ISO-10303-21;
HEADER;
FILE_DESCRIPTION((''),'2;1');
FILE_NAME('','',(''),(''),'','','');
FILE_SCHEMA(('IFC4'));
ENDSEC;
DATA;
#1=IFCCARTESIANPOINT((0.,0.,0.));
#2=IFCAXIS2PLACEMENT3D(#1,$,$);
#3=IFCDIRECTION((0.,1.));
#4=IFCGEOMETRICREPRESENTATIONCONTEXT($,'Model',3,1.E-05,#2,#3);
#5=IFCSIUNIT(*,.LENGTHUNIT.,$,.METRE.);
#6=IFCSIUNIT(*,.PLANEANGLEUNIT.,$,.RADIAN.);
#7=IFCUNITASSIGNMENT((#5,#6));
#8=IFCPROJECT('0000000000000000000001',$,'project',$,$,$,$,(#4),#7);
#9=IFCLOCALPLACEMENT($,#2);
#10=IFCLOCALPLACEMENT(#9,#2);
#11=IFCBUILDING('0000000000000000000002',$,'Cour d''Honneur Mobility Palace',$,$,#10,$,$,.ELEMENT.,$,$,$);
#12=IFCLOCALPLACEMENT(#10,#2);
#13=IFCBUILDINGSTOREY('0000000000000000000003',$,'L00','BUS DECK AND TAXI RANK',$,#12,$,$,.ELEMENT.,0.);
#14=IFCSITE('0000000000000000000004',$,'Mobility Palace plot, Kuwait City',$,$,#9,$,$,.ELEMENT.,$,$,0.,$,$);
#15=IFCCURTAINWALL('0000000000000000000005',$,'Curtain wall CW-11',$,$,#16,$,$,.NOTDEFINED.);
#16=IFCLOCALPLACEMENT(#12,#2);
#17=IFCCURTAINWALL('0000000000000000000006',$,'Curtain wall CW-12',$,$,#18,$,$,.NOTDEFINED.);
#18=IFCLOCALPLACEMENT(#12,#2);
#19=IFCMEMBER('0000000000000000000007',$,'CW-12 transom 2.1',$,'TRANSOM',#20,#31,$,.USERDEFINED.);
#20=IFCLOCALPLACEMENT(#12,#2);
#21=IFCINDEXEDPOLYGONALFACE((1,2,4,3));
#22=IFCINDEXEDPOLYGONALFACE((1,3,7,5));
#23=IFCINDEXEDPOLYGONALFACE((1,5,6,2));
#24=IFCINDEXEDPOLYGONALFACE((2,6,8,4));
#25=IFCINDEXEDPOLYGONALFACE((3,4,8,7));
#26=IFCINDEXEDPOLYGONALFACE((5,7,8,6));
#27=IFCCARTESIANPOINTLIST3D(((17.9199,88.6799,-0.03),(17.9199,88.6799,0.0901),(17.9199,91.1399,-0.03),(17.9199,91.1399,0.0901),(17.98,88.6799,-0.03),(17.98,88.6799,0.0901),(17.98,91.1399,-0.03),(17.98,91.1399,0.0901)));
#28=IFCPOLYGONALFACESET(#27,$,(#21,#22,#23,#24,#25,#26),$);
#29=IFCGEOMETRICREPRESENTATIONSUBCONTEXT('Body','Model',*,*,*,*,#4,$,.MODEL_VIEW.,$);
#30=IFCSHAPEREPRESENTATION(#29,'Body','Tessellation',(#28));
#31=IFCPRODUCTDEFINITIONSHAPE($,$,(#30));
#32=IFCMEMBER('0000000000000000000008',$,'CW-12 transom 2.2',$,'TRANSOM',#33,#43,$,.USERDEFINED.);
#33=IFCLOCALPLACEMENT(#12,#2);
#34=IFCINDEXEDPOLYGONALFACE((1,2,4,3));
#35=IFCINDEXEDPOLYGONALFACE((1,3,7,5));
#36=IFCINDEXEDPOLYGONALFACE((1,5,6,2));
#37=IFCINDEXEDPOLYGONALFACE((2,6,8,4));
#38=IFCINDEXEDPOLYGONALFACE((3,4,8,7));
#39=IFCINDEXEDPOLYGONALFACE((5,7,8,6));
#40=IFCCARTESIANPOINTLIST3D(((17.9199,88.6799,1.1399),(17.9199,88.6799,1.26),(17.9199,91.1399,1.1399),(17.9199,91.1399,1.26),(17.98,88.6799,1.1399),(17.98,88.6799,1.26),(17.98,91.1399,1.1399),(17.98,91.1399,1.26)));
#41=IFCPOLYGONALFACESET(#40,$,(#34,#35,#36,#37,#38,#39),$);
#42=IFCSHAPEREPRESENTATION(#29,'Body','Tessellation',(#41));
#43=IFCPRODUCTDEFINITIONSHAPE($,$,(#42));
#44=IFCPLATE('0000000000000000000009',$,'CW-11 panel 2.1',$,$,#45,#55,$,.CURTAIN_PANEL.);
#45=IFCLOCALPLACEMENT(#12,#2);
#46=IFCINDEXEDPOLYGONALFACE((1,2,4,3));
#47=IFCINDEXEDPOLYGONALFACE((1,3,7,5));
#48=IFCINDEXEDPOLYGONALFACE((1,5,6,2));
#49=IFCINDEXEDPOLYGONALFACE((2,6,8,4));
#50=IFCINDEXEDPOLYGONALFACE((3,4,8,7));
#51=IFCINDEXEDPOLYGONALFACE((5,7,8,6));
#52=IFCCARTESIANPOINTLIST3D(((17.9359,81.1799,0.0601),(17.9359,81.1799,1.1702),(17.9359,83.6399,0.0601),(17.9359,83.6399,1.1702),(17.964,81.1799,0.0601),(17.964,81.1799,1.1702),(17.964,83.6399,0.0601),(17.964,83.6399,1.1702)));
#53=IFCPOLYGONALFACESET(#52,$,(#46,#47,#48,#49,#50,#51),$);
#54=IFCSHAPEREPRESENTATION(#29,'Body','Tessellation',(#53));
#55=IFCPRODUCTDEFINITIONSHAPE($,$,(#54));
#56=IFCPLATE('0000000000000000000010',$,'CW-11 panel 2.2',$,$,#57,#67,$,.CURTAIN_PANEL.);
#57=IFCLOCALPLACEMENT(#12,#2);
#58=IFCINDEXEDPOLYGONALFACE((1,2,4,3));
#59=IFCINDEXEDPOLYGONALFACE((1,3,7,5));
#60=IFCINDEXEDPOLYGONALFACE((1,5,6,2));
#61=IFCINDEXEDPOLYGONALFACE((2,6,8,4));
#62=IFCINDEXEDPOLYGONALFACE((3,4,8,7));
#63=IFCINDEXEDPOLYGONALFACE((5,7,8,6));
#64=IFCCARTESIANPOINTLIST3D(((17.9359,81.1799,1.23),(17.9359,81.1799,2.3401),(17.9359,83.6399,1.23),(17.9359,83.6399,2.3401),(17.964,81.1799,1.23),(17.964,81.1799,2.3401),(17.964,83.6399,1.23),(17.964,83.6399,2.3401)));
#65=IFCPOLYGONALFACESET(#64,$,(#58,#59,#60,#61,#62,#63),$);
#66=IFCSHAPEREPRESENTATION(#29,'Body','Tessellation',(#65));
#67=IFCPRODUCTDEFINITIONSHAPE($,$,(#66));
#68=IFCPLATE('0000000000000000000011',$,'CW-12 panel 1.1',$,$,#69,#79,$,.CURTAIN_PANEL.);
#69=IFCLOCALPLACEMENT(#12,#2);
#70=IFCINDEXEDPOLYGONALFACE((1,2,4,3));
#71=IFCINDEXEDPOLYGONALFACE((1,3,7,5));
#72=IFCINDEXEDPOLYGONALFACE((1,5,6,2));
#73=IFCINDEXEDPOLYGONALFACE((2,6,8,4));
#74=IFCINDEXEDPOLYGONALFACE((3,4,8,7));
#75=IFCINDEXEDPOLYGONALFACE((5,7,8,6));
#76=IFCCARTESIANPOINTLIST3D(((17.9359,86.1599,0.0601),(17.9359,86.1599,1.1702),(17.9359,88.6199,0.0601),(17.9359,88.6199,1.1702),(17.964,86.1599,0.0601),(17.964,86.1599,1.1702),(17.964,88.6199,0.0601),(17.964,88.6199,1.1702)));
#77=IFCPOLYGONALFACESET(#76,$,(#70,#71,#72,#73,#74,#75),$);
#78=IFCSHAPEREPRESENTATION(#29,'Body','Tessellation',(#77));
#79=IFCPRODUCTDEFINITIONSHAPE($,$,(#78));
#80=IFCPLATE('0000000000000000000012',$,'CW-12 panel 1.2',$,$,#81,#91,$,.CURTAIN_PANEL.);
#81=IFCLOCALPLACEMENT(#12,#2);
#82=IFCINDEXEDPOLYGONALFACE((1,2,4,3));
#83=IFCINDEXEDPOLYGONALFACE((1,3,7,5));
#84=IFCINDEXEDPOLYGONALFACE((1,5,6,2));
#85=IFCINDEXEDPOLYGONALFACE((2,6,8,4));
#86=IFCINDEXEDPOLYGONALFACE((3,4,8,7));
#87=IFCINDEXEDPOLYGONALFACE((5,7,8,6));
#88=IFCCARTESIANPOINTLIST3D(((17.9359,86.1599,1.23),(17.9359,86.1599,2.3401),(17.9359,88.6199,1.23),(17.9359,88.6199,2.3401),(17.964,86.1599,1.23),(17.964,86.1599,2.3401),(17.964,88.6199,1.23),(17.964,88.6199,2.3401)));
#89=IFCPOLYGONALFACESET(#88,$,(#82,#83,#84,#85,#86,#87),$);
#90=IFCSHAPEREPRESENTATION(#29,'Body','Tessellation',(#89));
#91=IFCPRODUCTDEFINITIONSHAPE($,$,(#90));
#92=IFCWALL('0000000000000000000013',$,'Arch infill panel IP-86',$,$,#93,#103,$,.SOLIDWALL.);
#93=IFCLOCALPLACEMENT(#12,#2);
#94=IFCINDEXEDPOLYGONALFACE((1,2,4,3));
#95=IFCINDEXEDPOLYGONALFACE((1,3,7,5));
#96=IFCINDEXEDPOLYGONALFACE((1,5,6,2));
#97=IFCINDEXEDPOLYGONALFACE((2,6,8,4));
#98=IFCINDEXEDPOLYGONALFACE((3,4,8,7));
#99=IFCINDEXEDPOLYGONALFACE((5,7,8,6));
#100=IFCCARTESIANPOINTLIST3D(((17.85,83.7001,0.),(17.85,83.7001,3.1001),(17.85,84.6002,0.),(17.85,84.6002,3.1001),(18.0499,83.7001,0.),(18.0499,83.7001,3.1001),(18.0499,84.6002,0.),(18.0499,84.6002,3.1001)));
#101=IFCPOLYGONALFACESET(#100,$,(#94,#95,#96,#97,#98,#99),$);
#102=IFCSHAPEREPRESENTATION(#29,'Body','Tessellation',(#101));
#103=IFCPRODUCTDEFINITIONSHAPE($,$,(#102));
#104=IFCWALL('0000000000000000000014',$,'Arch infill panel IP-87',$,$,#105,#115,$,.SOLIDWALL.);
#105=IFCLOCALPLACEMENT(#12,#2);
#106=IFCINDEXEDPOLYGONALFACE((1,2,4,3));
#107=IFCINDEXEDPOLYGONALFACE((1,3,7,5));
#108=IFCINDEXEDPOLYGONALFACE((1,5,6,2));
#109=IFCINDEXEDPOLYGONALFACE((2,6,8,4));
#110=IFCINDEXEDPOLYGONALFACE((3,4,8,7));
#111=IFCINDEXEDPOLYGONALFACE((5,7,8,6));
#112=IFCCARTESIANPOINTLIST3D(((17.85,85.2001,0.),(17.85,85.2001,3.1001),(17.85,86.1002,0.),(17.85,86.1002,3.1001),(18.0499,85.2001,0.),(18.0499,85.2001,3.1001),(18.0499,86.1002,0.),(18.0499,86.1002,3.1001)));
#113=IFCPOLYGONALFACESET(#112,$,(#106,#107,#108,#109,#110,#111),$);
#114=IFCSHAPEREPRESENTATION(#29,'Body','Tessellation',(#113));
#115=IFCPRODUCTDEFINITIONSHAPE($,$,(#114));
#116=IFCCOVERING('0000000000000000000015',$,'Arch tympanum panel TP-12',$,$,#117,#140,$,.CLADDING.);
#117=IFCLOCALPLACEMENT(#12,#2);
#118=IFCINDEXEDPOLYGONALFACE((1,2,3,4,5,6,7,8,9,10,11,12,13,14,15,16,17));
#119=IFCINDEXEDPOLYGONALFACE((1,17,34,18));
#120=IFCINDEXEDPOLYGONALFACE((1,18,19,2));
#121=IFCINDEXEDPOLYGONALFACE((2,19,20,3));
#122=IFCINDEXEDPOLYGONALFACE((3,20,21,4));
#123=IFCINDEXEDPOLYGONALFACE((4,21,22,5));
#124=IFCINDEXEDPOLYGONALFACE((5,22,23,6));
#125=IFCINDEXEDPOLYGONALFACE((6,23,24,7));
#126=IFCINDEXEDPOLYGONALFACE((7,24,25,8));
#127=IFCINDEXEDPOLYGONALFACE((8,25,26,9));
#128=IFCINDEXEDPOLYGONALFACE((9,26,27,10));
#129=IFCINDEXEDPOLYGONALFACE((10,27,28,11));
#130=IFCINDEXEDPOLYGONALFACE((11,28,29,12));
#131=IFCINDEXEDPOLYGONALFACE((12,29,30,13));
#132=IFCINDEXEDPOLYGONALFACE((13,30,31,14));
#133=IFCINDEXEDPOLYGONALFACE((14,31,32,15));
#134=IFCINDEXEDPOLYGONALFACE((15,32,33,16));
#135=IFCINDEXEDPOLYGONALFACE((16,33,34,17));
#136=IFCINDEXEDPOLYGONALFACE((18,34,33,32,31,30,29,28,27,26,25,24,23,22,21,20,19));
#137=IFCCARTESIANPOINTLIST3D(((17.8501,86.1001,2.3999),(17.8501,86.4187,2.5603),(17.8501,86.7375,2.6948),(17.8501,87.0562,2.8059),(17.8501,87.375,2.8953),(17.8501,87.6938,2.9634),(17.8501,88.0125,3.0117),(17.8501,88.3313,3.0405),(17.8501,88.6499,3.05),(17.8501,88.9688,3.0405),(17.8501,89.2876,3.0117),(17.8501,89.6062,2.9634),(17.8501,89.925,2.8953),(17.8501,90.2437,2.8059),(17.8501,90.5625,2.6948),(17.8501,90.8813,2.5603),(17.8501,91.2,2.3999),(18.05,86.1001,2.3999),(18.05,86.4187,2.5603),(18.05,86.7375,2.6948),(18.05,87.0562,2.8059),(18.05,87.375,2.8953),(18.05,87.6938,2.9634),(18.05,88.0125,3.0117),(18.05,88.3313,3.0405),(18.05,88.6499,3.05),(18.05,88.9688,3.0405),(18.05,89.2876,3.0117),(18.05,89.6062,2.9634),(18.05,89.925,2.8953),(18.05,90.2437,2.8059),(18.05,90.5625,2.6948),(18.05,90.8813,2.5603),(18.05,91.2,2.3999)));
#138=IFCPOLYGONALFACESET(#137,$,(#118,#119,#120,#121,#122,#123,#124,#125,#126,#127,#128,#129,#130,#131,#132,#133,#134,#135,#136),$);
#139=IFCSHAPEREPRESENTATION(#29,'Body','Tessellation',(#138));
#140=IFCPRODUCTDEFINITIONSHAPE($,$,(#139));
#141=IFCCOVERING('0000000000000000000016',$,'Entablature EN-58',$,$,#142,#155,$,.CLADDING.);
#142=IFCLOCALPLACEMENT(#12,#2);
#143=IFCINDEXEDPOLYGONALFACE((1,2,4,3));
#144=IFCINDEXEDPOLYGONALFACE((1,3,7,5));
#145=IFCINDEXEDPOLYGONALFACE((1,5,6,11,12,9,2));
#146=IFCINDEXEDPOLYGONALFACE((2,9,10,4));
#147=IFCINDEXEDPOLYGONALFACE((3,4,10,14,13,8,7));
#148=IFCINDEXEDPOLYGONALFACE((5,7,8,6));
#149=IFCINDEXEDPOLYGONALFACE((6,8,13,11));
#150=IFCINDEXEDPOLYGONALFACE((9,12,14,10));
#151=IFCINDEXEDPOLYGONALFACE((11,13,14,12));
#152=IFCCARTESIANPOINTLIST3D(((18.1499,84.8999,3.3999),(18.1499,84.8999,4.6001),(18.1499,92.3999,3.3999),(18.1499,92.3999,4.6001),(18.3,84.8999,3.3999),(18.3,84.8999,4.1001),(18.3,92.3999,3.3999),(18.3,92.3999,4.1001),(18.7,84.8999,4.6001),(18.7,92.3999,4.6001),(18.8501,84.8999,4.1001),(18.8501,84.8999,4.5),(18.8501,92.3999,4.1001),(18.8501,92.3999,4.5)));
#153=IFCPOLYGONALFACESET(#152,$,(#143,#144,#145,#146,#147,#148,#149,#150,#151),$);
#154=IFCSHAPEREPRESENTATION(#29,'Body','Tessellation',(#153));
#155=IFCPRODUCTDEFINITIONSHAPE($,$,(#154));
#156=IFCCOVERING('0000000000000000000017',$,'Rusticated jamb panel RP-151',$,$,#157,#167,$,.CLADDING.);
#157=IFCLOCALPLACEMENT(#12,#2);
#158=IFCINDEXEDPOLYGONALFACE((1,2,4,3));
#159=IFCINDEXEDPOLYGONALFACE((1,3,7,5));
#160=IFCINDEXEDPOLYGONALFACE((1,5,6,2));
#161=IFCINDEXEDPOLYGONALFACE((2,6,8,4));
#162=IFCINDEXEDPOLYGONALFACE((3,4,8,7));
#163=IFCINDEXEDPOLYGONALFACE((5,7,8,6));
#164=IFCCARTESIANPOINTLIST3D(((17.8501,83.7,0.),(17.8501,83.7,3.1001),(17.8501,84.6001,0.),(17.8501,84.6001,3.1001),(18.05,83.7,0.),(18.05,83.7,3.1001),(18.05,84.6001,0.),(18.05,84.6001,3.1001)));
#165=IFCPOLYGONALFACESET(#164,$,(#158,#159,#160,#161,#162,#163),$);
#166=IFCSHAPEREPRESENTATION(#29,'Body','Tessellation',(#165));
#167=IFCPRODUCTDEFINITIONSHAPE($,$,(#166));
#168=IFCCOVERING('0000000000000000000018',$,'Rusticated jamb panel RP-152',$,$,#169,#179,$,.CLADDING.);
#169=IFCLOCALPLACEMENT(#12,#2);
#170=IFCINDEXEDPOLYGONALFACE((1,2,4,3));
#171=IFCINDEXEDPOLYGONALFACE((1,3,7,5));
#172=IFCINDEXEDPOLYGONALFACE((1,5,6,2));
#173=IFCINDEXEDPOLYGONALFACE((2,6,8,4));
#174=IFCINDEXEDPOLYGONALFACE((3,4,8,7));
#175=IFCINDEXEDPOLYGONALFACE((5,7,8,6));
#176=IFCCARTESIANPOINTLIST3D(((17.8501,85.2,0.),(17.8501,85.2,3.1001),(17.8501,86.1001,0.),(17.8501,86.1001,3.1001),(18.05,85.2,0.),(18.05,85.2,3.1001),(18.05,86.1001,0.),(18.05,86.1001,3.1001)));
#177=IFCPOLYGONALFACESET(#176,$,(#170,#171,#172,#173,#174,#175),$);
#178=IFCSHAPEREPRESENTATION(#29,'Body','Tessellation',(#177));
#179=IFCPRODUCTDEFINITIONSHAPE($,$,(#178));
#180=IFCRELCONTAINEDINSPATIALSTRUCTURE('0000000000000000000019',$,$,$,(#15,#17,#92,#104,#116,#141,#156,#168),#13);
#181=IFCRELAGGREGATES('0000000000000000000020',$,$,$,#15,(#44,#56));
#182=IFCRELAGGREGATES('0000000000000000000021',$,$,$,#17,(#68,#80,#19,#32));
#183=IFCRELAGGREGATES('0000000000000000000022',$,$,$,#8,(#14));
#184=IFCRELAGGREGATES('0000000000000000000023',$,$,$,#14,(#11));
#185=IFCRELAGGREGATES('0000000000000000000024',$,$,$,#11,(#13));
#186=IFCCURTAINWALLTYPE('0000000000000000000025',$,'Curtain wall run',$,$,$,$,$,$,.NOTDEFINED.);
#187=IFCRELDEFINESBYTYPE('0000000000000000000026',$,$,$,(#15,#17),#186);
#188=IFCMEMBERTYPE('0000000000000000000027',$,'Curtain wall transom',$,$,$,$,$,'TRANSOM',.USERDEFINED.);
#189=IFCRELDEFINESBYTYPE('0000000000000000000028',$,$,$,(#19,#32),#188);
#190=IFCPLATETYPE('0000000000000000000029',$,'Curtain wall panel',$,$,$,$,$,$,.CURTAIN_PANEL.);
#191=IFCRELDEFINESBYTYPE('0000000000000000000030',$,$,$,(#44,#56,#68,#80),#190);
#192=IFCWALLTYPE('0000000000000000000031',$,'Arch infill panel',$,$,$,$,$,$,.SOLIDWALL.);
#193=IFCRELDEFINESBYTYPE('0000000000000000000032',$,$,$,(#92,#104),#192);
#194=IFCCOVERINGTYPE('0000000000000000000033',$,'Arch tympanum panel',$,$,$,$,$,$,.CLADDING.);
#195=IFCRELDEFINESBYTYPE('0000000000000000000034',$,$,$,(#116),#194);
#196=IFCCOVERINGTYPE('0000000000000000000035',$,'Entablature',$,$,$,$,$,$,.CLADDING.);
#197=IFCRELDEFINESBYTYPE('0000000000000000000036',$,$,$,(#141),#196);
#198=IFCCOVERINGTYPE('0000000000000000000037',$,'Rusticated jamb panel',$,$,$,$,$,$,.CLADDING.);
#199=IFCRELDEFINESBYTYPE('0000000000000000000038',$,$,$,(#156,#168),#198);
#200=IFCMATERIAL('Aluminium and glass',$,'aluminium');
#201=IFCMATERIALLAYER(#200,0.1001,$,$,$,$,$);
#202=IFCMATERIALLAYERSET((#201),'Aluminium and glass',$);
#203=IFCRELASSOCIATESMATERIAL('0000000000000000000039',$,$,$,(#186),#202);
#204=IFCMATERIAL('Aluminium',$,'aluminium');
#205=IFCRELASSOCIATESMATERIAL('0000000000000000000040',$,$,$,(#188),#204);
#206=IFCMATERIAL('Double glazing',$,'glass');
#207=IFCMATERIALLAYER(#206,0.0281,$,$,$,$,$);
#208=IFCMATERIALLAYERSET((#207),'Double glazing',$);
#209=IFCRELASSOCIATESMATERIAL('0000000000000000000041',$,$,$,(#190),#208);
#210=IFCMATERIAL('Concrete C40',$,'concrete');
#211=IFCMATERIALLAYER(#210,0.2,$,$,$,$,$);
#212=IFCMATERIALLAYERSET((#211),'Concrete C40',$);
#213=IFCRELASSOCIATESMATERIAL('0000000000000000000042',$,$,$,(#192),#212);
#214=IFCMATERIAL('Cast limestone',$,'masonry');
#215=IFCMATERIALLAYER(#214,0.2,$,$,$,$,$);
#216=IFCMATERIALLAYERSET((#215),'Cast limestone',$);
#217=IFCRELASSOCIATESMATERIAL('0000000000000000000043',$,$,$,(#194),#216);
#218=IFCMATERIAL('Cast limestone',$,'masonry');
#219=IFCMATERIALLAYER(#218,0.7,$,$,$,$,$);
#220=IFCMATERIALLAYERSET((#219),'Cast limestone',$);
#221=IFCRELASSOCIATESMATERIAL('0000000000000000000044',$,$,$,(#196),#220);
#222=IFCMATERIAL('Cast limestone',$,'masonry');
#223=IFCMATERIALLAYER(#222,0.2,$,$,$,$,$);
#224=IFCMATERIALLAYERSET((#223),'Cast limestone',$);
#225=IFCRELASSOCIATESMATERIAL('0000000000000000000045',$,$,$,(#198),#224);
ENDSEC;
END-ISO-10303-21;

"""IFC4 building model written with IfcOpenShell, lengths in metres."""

from ifc_helpers import new_model, si_unit, direction, frame, frame_2d, origin, origin_2d, place, context, subcontext, project, spatial, polyline, rectangle, outline, extrude, material, layer, layer_set, material_profile, profile_set, type_object, element, aggregate, save


model = new_model("IFC4")

# Units and contexts
model_context = context("Model", 3, precision=1e-05, world=origin(), true_north=direction((0.0, 1.0)))
body_context = subcontext(model_context, "Body", "Model", "MODEL_VIEW")
ifc_project = project(units=[si_unit("LENGTHUNIT", "METRE"), si_unit("PLANEANGLEUNIT", "RADIAN")], contexts=[model_context])

# Site, building, storey
site_placement = place(None, origin())
site = spatial("IfcSite", under=ifc_project, at=site_placement, Name="Mobility Palace plot, Kuwait City", CompositionType="ELEMENT", RefElevation=0.0)
building_placement = place(site_placement, origin())
building = spatial("IfcBuilding", under=site, at=building_placement, Name="Cour d'Honneur Mobility Palace", CompositionType="ELEMENT")
storey_placement = place(building_placement, origin())
storey = spatial("IfcBuildingStorey", under=building, at=storey_placement, Name="L00", Description="BUS DECK AND TAXI RANK", CompositionType="ELEMENT", Elevation=0.0)

# Curtain wall
ifc_material_1 = material(Name="Aluminium and glass", Category="aluminium")
ifc_layer_1 = layer(ifc_material_1, 0.1001)
ifc_layer_set_1 = layer_set([ifc_layer_1], Name="Aluminium and glass")
curtain_wall_type = type_object("IfcCurtainWallType", Name="Curtain wall run", PredefinedType="NOTDEFINED", material=ifc_layer_set_1)
curtain_wall_1_placement = place(storey_placement, origin())
curtain_wall_1 = element("IfcCurtainWall", 1, at=curtain_wall_1_placement, inside=storey, type_object=curtain_wall_type, Name="Curtain wall CW-11", PredefinedType="NOTDEFINED")

# Curtain wall, members
curtain_wall_2_placement = place(storey_placement, origin())
curtain_wall_2 = element("IfcCurtainWall", 2, at=curtain_wall_2_placement, inside=storey, type_object=curtain_wall_type, Name="Curtain wall CW-12", PredefinedType="NOTDEFINED")
ifc_material_2 = material(Name="Aluminium", Category="aluminium")
ifc_material_profile_1 = material_profile(ifc_material_2, rectangle(XDim=0.0601, YDim=0.1201, at=origin_2d()), Name="Curtain wall transom")
ifc_profile_set_1 = profile_set([ifc_material_profile_1], Name="Aluminium")
member_type_1 = type_object("IfcMemberType", Name="Curtain wall transom", ElementType="TRANSOM", PredefinedType="USERDEFINED", material=ifc_profile_set_1)
member_1_placement = place(storey_placement, frame((17.95, 88.6799, 0.03), z_axis=(0.0, 1.0, 0.0), x_axis=(-1.0, 0.0, 0.0)))
member_1 = element("IfcMember", 3, at=member_1_placement, type_object=member_type_1, Name="CW-12 transom 2.1", ObjectType="TRANSOM", PredefinedType="USERDEFINED", context=body_context, shape_type="SweptSolid", body=[
    extrude(rectangle(XDim=0.0601, YDim=0.1201, at=origin_2d()), origin(), (0.0, 0.0, 1.0), 2.46),
])
member_2_placement = place(storey_placement, frame((17.95, 88.6799, 1.2), z_axis=(0.0, 1.0, 0.0), x_axis=(-1.0, 0.0, 0.0)))
member_2 = element("IfcMember", 4, at=member_2_placement, type_object=member_type_1, Name="CW-12 transom 2.2", ObjectType="TRANSOM", PredefinedType="USERDEFINED", context=body_context, shape_type="SweptSolid", body=[
    extrude(rectangle(XDim=0.0601, YDim=0.1201, at=origin_2d()), origin(), (0.0, 0.0, 1.0), 2.46),
])

# Plates
ifc_material_3 = material(Name="Double glazing", Category="glass")
ifc_layer_2 = layer(ifc_material_3, 0.0281)
ifc_layer_set_2 = layer_set([ifc_layer_2], Name="Double glazing")
plate_type = type_object("IfcPlateType", Name="Curtain wall panel", PredefinedType="CURTAIN_PANEL", material=ifc_layer_set_2)
plate_1_placement = place(storey_placement, frame((17.95, 82.4099, 0.0601), z_axis=(0.0, 0.0, 1.0), x_axis=(0.0, 1.0, 0.0)))
plate_1 = element("IfcPlate", 5, at=plate_1_placement, type_object=plate_type, Name="CW-11 panel 2.1", PredefinedType="CURTAIN_PANEL", context=body_context, shape_type="SweptSolid", body=[
    extrude(rectangle(XDim=2.46, YDim=0.0281, at=origin_2d()), origin(), (0.0, 0.0, 1.0), 1.1101),
])
plate_2_placement = place(storey_placement, frame((17.95, 82.4099, 1.23), z_axis=(0.0, 0.0, 1.0), x_axis=(0.0, 1.0, 0.0)))
plate_2 = element("IfcPlate", 6, at=plate_2_placement, type_object=plate_type, Name="CW-11 panel 2.2", PredefinedType="CURTAIN_PANEL", context=body_context, shape_type="SweptSolid", body=[
    extrude(rectangle(XDim=2.46, YDim=0.0281, at=origin_2d()), origin(), (0.0, 0.0, 1.0), 1.1101),
])
aggregate(curtain_wall_1, [plate_1, plate_2])
plate_3_placement = place(storey_placement, frame((17.95, 87.3899, 0.0601), z_axis=(0.0, 0.0, 1.0), x_axis=(0.0, 1.0, 0.0)))
plate_3 = element("IfcPlate", 7, at=plate_3_placement, type_object=plate_type, Name="CW-12 panel 1.1", PredefinedType="CURTAIN_PANEL", context=body_context, shape_type="SweptSolid", body=[
    extrude(rectangle(XDim=2.46, YDim=0.0281, at=origin_2d()), origin(), (0.0, 0.0, 1.0), 1.1101),
])
plate_4_placement = place(storey_placement, frame((17.95, 87.3899, 1.23), z_axis=(0.0, 0.0, 1.0), x_axis=(0.0, 1.0, 0.0)))
plate_4 = element("IfcPlate", 8, at=plate_4_placement, type_object=plate_type, Name="CW-12 panel 1.2", PredefinedType="CURTAIN_PANEL", context=body_context, shape_type="SweptSolid", body=[
    extrude(rectangle(XDim=2.46, YDim=0.0281, at=origin_2d()), origin(), (0.0, 0.0, 1.0), 1.1101),
])
aggregate(curtain_wall_2, [plate_3, plate_4, member_1, member_2])

# Walls
ifc_material_4 = material(Name="Concrete C40", Category="concrete")
ifc_layer_3 = layer(ifc_material_4, 0.2)
ifc_layer_set_3 = layer_set([ifc_layer_3], Name="Concrete C40")
wall_type = type_object("IfcWallType", Name="Arch infill panel", PredefinedType="SOLIDWALL", material=ifc_layer_set_3)
for number, where, z_axis, x_axis, name in (
    (9, (17.95, 83.7, 0.0), (0.0, 0.0, 1.0), (0.0, 1.0, 0.0), "Arch infill panel IP-86"),
    (10, (17.95, 85.2, 0.0), (0.0, 0.0, 1.0), (0.0, 1.0, 0.0), "Arch infill panel IP-87"),
):
    element("IfcWall", number, at=place(storey_placement, frame(where, z_axis=z_axis, x_axis=x_axis)), inside=storey, type_object=wall_type, Name=name, PredefinedType="SOLIDWALL", context=body_context, shape_type="SweptSolid", body=[
        extrude(rectangle(XDim=0.9001, YDim=0.2, at=frame_2d((0.4502, 0.0))), origin(), (0.0, 0.0, 1.0), 3.1001),
    ])

# Coverings
ifc_material_5 = material(Name="Cast limestone", Category="masonry")
ifc_layer_4 = layer(ifc_material_5, 0.2)
ifc_layer_set_4 = layer_set([ifc_layer_4], Name="Cast limestone")
covering_type_1 = type_object("IfcCoveringType", Name="Arch tympanum panel", PredefinedType="CLADDING", material=ifc_layer_set_4)
covering_1_placement = place(storey_placement, frame((18.05, 86.1001, 2.3999), z_axis=(1.0, 0.0, 0.0), x_axis=(0.0, 1.0, 0.0)))
element("IfcCovering", 11, at=covering_1_placement, inside=storey, type_object=covering_type_1, Name="Arch tympanum panel TP-12", PredefinedType="CLADDING", context=body_context, shape_type="SweptSolid", body=[
    extrude(outline(polyline([(0.0, 0.0), (5.0999, 0.0), (5.0999, 0.0), (4.7812, 0.1604), (4.4624, 0.2949), (4.1436, 0.406), (3.825, 0.4954), (3.5061, 0.5635), (3.1875, 0.6118), (2.8687, 0.6406), (2.5498, 0.6501), (2.2312, 0.6406), (1.9124, 0.6118), (1.5938, 0.5635), (1.2749, 0.4954), (0.9561, 0.406), (0.6375, 0.2949), (0.3186, 0.1604), (0.0, 0.0), (0.0, 0.0)])), origin(), (0.0, 0.0, -1.0), 0.2),
])
ifc_material_6 = material(Name="Cast limestone", Category="masonry")
ifc_layer_5 = layer(ifc_material_6, 0.7)
ifc_layer_set_5 = layer_set([ifc_layer_5], Name="Cast limestone")
covering_type_2 = type_object("IfcCoveringType", Name="Entablature", PredefinedType="CLADDING", material=ifc_layer_set_5)
covering_2_placement = place(storey_placement, frame((18.1499, 84.8999, 3.3999), z_axis=(0.0, -1.0, 0.0), x_axis=(1.0, 0.0, 0.0)))
element("IfcCovering", 12, at=covering_2_placement, inside=storey, type_object=covering_type_2, Name="Entablature EN-58", PredefinedType="CLADDING", context=body_context, shape_type="SweptSolid", body=[
    extrude(outline(polyline([(0.0, 0.0), (0.1501, 0.0), (0.1501, 0.7002), (0.7002, 0.7002), (0.7002, 1.1001), (0.55, 1.2002), (0.0, 1.2002), (0.0, 0.0)])), origin(), (0.0, 0.0, -1.0), 7.5),
])
ifc_material_7 = material(Name="Cast limestone", Category="masonry")
ifc_layer_6 = layer(ifc_material_7, 0.2)
ifc_layer_set_6 = layer_set([ifc_layer_6], Name="Cast limestone")
covering_type_3 = type_object("IfcCoveringType", Name="Rusticated jamb panel", PredefinedType="CLADDING", material=ifc_layer_set_6)
for number, where, z_axis, x_axis, name in (
    (13, (18.05, 83.7, 0.0), (1.0, 0.0, 0.0), (0.0, 1.0, 0.0), "Rusticated jamb panel RP-151"),
    (14, (18.05, 85.2, 0.0), (1.0, 0.0, 0.0), (0.0, 1.0, 0.0), "Rusticated jamb panel RP-152"),
):
    element("IfcCovering", number, at=place(storey_placement, frame(where, z_axis=z_axis, x_axis=x_axis)), inside=storey, type_object=covering_type_3, Name=name, PredefinedType="CLADDING", context=body_context, shape_type="SweptSolid", body=[
        extrude(outline(polyline([(0.0, 0.0), (0.9001, 0.0), (0.9001, 3.1001), (0.0, 3.1001), (0.0, 0.0)])), origin(), (0.0, 0.0, -1.0), 0.2),
    ])

save(model, "model.ifc")
